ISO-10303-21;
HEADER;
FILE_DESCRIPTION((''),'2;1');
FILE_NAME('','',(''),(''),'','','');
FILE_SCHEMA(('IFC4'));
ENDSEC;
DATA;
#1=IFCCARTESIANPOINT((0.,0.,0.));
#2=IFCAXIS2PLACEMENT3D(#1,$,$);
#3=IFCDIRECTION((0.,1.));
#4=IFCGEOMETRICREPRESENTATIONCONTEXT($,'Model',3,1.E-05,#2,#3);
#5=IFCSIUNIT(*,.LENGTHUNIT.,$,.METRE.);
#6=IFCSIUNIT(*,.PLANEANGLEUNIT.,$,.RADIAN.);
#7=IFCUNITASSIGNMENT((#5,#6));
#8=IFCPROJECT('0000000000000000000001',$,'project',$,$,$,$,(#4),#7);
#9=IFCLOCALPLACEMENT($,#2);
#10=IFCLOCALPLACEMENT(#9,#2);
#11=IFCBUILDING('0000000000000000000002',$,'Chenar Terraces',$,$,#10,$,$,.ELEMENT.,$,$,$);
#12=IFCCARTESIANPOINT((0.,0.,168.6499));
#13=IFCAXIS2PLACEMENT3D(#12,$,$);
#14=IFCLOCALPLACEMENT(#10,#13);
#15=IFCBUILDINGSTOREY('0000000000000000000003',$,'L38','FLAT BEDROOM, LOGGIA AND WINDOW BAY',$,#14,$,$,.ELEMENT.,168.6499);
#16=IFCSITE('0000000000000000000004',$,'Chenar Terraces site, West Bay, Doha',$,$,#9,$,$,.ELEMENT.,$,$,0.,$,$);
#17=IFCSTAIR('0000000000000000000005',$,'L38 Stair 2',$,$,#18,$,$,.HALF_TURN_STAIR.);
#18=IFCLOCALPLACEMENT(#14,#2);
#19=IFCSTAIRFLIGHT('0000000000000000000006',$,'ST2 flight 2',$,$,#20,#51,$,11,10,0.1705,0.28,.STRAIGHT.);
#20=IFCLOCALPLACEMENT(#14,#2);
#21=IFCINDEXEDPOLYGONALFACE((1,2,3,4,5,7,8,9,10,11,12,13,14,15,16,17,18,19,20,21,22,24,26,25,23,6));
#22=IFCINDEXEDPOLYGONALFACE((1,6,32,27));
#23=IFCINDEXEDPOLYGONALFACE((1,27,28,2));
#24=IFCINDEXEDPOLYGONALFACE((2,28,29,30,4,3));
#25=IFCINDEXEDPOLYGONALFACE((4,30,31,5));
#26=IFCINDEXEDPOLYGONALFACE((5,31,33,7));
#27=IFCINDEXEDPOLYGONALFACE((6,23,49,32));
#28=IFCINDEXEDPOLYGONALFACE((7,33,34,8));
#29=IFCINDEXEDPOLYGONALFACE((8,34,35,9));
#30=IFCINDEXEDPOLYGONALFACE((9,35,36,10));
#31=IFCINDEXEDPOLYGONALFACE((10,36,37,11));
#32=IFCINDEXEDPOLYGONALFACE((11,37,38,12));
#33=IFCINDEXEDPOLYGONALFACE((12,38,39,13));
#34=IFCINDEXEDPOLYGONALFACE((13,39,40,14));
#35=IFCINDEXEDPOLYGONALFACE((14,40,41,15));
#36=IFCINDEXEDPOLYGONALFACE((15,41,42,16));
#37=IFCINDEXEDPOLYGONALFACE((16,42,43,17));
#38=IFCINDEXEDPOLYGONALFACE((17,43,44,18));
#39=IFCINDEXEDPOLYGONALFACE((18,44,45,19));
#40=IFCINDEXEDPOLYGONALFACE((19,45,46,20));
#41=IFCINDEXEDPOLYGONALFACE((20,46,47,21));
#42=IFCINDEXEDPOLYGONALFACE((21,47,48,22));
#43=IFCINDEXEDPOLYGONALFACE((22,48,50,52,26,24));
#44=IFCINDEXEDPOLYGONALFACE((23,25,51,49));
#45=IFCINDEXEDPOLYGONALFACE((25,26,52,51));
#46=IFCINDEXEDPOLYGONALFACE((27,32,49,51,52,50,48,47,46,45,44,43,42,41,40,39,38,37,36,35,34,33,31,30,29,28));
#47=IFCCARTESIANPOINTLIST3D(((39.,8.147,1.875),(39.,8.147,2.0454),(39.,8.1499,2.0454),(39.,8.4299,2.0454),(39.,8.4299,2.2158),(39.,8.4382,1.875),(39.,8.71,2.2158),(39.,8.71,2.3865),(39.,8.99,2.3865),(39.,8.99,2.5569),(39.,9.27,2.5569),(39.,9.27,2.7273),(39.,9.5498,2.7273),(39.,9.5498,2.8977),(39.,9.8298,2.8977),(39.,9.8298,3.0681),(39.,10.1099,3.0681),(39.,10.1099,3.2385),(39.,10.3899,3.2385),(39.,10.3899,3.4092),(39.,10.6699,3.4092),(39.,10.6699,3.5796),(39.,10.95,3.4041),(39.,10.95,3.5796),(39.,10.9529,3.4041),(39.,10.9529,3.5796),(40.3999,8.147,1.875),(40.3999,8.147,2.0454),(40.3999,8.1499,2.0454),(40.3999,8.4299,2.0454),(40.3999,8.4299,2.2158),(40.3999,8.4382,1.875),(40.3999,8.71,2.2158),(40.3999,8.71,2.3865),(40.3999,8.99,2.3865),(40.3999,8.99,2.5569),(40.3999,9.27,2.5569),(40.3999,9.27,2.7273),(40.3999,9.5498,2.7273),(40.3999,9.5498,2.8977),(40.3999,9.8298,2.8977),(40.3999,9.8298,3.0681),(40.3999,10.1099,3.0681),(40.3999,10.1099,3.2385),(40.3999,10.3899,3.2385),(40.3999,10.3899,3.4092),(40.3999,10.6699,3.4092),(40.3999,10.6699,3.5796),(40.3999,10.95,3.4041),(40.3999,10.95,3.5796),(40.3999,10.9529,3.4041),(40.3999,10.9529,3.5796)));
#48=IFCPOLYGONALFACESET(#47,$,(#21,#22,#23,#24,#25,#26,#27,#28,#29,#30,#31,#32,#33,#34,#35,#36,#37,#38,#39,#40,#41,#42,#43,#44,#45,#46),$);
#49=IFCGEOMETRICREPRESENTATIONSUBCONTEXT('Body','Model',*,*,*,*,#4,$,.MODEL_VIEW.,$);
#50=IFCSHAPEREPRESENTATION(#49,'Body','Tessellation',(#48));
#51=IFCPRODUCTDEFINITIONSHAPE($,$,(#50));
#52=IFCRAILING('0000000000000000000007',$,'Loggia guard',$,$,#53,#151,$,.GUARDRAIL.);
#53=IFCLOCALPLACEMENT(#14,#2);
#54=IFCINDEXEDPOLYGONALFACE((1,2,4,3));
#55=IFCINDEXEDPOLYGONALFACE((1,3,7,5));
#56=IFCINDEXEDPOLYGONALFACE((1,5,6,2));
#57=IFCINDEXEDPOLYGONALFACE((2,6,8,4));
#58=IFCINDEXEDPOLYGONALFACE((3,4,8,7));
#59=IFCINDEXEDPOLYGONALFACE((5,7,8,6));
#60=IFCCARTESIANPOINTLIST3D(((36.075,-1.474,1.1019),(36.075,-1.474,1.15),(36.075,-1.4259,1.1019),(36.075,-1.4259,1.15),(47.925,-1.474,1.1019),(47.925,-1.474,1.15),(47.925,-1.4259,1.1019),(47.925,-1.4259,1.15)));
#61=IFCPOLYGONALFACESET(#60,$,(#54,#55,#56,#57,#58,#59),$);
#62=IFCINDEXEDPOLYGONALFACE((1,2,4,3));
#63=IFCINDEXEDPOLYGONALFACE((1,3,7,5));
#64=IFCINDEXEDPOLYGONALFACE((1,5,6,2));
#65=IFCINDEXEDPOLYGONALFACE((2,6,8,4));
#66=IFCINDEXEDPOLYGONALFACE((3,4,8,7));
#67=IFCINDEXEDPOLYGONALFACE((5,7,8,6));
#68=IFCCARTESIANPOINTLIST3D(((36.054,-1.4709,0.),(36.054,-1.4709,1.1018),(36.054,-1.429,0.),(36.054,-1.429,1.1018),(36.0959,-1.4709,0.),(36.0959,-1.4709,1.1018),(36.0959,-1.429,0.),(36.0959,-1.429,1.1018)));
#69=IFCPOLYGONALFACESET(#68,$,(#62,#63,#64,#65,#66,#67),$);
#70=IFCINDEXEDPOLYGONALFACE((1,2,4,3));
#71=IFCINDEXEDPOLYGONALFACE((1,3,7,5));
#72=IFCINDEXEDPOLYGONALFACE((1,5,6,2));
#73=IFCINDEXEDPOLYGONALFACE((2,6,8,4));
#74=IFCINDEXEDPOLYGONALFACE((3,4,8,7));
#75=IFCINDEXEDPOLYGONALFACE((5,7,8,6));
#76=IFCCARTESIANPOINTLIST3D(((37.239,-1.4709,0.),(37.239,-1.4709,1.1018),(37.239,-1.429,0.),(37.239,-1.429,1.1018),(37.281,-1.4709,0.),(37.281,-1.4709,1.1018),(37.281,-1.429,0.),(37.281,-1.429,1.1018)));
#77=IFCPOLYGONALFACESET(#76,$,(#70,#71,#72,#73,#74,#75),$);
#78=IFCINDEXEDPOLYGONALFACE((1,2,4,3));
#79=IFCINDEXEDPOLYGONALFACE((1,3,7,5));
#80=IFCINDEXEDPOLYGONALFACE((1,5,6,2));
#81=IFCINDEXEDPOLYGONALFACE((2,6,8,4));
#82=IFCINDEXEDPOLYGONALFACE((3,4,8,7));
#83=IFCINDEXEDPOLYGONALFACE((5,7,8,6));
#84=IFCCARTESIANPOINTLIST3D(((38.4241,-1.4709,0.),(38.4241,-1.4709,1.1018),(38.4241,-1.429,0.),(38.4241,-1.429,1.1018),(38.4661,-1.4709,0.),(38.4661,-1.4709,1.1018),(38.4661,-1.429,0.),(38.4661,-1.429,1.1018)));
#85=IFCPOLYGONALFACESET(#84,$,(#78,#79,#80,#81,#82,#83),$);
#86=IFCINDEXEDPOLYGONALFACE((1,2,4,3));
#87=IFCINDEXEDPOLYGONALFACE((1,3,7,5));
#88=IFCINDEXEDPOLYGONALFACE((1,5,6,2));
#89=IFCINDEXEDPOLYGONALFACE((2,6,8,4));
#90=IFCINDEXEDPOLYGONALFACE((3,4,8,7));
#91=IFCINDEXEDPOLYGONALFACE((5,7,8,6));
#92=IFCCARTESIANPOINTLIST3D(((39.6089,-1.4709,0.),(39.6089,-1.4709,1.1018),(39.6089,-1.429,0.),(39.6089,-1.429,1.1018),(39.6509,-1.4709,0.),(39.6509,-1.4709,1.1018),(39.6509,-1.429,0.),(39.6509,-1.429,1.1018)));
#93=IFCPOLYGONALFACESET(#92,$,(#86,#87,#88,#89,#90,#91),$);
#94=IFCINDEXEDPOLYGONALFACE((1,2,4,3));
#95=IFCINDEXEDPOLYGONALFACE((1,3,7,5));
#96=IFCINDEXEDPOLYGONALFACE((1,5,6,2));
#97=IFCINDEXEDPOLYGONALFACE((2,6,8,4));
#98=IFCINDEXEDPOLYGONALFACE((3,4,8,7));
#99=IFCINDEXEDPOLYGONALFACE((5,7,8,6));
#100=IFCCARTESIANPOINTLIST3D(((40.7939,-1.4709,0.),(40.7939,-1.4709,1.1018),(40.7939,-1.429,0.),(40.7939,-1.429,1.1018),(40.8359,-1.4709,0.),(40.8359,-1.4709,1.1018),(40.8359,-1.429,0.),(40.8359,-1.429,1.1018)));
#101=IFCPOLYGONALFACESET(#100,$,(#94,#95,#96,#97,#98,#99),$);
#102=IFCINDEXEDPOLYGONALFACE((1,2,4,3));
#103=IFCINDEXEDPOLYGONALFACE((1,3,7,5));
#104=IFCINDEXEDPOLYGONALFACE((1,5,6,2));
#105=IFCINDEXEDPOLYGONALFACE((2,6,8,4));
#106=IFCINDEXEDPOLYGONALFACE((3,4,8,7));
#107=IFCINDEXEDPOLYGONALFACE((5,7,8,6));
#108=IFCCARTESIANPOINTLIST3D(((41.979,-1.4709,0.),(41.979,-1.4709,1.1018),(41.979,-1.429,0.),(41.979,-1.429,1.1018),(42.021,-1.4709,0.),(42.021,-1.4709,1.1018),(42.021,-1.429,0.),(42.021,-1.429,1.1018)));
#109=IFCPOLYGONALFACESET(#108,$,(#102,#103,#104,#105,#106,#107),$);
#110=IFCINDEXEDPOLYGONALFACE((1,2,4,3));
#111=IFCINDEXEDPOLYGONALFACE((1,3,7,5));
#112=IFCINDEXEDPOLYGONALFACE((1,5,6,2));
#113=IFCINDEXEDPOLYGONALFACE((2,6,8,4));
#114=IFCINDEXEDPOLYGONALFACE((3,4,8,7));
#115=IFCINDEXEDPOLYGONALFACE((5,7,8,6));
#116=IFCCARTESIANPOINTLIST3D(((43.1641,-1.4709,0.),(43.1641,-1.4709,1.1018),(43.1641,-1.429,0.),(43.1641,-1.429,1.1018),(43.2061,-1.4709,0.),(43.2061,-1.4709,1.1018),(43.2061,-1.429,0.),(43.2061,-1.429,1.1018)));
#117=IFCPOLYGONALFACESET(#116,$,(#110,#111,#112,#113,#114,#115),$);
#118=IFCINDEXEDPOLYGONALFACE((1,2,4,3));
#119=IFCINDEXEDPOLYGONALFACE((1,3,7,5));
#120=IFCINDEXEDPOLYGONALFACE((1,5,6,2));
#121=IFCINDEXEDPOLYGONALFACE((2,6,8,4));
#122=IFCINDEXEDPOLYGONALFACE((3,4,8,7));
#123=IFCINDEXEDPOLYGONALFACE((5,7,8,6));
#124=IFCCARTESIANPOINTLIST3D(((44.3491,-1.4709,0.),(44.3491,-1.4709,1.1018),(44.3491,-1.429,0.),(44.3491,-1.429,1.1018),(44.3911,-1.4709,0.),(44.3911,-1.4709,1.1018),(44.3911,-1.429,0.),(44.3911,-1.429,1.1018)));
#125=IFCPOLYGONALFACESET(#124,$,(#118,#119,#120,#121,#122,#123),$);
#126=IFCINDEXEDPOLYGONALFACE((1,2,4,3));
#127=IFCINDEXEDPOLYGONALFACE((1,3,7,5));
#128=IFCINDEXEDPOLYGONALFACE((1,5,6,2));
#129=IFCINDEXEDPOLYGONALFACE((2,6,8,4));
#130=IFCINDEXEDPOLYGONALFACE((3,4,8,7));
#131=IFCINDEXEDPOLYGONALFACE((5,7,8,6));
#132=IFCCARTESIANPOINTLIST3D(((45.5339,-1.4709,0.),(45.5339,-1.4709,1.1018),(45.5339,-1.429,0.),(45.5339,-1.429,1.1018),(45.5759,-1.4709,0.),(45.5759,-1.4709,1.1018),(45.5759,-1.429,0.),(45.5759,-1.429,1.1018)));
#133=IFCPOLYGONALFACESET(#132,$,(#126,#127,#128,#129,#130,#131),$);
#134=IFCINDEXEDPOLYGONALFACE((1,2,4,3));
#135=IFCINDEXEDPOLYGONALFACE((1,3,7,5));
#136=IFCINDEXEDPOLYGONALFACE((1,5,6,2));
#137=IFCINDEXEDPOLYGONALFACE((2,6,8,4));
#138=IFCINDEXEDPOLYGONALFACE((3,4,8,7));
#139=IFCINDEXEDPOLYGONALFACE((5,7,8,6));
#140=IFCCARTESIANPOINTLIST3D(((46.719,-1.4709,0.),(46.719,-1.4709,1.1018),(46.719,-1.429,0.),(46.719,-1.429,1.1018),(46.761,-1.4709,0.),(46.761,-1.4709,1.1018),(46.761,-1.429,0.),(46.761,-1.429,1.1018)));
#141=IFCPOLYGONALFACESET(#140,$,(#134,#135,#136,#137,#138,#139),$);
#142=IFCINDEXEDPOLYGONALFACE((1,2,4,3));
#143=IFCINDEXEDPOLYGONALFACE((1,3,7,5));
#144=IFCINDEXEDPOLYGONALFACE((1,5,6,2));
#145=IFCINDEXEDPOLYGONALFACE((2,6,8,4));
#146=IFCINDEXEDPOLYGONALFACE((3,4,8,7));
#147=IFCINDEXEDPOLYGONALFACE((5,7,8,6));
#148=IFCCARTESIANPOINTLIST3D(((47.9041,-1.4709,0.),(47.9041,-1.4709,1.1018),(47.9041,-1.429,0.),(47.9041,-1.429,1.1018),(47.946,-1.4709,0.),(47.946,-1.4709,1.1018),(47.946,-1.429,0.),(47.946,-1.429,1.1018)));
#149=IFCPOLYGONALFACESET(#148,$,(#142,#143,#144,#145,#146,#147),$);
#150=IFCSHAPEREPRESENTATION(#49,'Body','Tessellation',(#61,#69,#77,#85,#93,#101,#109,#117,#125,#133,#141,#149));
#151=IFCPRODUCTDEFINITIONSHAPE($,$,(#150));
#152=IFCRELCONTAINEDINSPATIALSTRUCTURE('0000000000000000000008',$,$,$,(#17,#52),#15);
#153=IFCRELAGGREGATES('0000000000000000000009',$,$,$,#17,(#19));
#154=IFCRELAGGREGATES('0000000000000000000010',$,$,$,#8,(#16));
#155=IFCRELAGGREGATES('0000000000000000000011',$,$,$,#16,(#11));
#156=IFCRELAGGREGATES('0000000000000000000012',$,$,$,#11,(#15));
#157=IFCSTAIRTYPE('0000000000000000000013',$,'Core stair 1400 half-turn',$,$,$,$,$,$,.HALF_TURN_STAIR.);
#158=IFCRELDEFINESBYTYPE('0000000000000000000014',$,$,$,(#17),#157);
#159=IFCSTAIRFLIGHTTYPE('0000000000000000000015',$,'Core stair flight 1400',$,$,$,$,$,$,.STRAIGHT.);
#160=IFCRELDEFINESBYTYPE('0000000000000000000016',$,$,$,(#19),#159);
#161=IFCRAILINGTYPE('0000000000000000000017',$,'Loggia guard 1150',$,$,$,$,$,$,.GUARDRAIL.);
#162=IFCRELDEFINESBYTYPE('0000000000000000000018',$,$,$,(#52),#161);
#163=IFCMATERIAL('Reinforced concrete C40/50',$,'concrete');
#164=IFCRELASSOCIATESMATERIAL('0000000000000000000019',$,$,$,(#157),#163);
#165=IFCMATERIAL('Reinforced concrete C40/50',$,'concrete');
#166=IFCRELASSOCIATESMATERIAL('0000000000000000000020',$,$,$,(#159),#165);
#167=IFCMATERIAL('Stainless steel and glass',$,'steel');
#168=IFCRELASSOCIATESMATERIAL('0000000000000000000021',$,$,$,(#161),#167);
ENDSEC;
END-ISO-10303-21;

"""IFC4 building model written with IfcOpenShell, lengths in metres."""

from ifc_helpers import new_model, si_unit, direction, frame, origin, origin_2d, place, context, subcontext, project, spatial, polyline, rectangle, outline, extrude, material, type_object, element, aggregate, save


model = new_model("IFC4")

# Units and contexts
model_context = context("Model", 3, precision=1e-05, world=origin(), true_north=direction((0.0, 1.0)))
body_context = subcontext(model_context, "Body", "Model", "MODEL_VIEW")
ifc_project = project(units=[si_unit("LENGTHUNIT", "METRE"), si_unit("PLANEANGLEUNIT", "RADIAN")], contexts=[model_context])

# Site, building, storey
site_placement = place(None, origin())
site = spatial("IfcSite", under=ifc_project, at=site_placement, Name="Chenar Terraces site, West Bay, Doha", CompositionType="ELEMENT", RefElevation=0.0)
building_placement = place(site_placement, origin())
building = spatial("IfcBuilding", under=site, at=building_placement, Name="Chenar Terraces", CompositionType="ELEMENT")
storey_placement = place(building_placement, frame((0.0, 0.0, 168.6499)))
storey = spatial("IfcBuildingStorey", under=building, at=storey_placement, Name="L38", Description="FLAT BEDROOM, LOGGIA AND WINDOW BAY", CompositionType="ELEMENT", Elevation=168.6499)

# Stair, stair flight
ifc_material_1 = material(Name="Reinforced concrete C40/50", Category="concrete")
stair_type = type_object("IfcStairType", Name="Core stair 1400 half-turn", PredefinedType="HALF_TURN_STAIR", material=ifc_material_1)
stair_placement = place(storey_placement, origin())
stair = element("IfcStair", 1, at=stair_placement, inside=storey, type_object=stair_type, Name="L38 Stair 2", PredefinedType="HALF_TURN_STAIR")
ifc_material_2 = material(Name="Reinforced concrete C40/50", Category="concrete")
stair_flight_type = type_object("IfcStairFlightType", Name="Core stair flight 1400", PredefinedType="STRAIGHT", material=ifc_material_2)
stair_flight_1_placement = place(storey_placement, frame((39.7, 8.1499, 1.875), z_axis=(0.0, 0.0, 1.0), x_axis=(0.0, 1.0, 0.0)))
stair_flight_1 = element("IfcStairFlight", 2, at=stair_flight_1_placement, type_object=stair_flight_type, Name="ST2 flight 2", NumberOfRisers=11, NumberOfTreads=10, PredefinedType="STRAIGHT", RiserHeight=0.1705, TreadLength=0.28, context=body_context, shape_type="SweptSolid", body=[
    extrude(outline(polyline([(-0.0029, 0.0), (-0.0029, 0.1704), (0.0, 0.1704), (0.28, 0.1704), (0.28, 0.3408), (0.5601, 0.3408), (0.5601, 0.5115), (0.8401, 0.5115), (0.8401, 0.6819), (1.1201, 0.6819), (1.1201, 0.8523), (1.3999, 0.8523), (1.3999, 1.0227), (1.6799, 1.0227), (1.6799, 1.1931), (1.96, 1.1931), (1.96, 1.3635), (2.24, 1.3635), (2.24, 1.5342), (2.52, 1.5342), (2.52, 1.7046), (2.8, 1.7046), (2.803, 1.7046), (2.803, 1.5291), (2.8, 1.5291), (0.2883, 0.0), (-0.0029, 0.0)])), frame((0.0, 0.7, 0.0), z_axis=(0.0, -1.0, 0.0), x_axis=(1.0, 0.0, 0.0)), (0.0, 0.0, 1.0), 1.3999),
])
aggregate(stair, [stair_flight_1])

# Railing
ifc_material_3 = material(Name="Stainless steel and glass", Category="steel")
railing_type_1 = type_object("IfcRailingType", Name="Loggia guard 1150", PredefinedType="GUARDRAIL", material=ifc_material_3)
railing_1_placement = place(storey_placement, frame((36.075, -1.45, 0.0)))
element("IfcRailing", 3, at=railing_1_placement, inside=storey, type_object=railing_type_1, Name="Loggia guard", PredefinedType="GUARDRAIL", context=body_context, shape_type="SweptSolid", body=[
    extrude(rectangle(XDim=0.0481, YDim=0.0481, at=origin_2d()), frame((0.0, 0.0, 1.126), z_axis=(1.0, 0.0, 0.0), x_axis=(0.0, 1.0, 0.0)), (0.0, 0.0, 1.0), 11.8501),
    extrude(rectangle(XDim=0.042, YDim=0.042, at=origin_2d()), origin(), (0.0, 0.0, 1.0), 1.1018),
    extrude(rectangle(XDim=0.042, YDim=0.042, at=origin_2d()), frame((1.1851, 0.0, 0.0)), (0.0, 0.0, 1.0), 1.1018),
    extrude(rectangle(XDim=0.042, YDim=0.042, at=origin_2d()), frame((2.3701, 0.0, 0.0)), (0.0, 0.0, 1.0), 1.1018),
    extrude(rectangle(XDim=0.042, YDim=0.042, at=origin_2d()), frame((3.5549, 0.0, 0.0)), (0.0, 0.0, 1.0), 1.1018),
    extrude(rectangle(XDim=0.042, YDim=0.042, at=origin_2d()), frame((4.74, 0.0, 0.0)), (0.0, 0.0, 1.0), 1.1018),
    extrude(rectangle(XDim=0.042, YDim=0.042, at=origin_2d()), frame((5.925, 0.0, 0.0)), (0.0, 0.0, 1.0), 1.1018),
    extrude(rectangle(XDim=0.042, YDim=0.042, at=origin_2d()), frame((7.1101, 0.0, 0.0)), (0.0, 0.0, 1.0), 1.1018),
    extrude(rectangle(XDim=0.042, YDim=0.042, at=origin_2d()), frame((8.2952, 0.0, 0.0)), (0.0, 0.0, 1.0), 1.1018),
    extrude(rectangle(XDim=0.042, YDim=0.042, at=origin_2d()), frame((9.48, 0.0, 0.0)), (0.0, 0.0, 1.0), 1.1018),
    extrude(rectangle(XDim=0.042, YDim=0.042, at=origin_2d()), frame((10.665, 0.0, 0.0)), (0.0, 0.0, 1.0), 1.1018),
    extrude(rectangle(XDim=0.042, YDim=0.042, at=origin_2d()), frame((11.8501, 0.0, 0.0)), (0.0, 0.0, 1.0), 1.1018),
])

save(model, "model.ifc")
